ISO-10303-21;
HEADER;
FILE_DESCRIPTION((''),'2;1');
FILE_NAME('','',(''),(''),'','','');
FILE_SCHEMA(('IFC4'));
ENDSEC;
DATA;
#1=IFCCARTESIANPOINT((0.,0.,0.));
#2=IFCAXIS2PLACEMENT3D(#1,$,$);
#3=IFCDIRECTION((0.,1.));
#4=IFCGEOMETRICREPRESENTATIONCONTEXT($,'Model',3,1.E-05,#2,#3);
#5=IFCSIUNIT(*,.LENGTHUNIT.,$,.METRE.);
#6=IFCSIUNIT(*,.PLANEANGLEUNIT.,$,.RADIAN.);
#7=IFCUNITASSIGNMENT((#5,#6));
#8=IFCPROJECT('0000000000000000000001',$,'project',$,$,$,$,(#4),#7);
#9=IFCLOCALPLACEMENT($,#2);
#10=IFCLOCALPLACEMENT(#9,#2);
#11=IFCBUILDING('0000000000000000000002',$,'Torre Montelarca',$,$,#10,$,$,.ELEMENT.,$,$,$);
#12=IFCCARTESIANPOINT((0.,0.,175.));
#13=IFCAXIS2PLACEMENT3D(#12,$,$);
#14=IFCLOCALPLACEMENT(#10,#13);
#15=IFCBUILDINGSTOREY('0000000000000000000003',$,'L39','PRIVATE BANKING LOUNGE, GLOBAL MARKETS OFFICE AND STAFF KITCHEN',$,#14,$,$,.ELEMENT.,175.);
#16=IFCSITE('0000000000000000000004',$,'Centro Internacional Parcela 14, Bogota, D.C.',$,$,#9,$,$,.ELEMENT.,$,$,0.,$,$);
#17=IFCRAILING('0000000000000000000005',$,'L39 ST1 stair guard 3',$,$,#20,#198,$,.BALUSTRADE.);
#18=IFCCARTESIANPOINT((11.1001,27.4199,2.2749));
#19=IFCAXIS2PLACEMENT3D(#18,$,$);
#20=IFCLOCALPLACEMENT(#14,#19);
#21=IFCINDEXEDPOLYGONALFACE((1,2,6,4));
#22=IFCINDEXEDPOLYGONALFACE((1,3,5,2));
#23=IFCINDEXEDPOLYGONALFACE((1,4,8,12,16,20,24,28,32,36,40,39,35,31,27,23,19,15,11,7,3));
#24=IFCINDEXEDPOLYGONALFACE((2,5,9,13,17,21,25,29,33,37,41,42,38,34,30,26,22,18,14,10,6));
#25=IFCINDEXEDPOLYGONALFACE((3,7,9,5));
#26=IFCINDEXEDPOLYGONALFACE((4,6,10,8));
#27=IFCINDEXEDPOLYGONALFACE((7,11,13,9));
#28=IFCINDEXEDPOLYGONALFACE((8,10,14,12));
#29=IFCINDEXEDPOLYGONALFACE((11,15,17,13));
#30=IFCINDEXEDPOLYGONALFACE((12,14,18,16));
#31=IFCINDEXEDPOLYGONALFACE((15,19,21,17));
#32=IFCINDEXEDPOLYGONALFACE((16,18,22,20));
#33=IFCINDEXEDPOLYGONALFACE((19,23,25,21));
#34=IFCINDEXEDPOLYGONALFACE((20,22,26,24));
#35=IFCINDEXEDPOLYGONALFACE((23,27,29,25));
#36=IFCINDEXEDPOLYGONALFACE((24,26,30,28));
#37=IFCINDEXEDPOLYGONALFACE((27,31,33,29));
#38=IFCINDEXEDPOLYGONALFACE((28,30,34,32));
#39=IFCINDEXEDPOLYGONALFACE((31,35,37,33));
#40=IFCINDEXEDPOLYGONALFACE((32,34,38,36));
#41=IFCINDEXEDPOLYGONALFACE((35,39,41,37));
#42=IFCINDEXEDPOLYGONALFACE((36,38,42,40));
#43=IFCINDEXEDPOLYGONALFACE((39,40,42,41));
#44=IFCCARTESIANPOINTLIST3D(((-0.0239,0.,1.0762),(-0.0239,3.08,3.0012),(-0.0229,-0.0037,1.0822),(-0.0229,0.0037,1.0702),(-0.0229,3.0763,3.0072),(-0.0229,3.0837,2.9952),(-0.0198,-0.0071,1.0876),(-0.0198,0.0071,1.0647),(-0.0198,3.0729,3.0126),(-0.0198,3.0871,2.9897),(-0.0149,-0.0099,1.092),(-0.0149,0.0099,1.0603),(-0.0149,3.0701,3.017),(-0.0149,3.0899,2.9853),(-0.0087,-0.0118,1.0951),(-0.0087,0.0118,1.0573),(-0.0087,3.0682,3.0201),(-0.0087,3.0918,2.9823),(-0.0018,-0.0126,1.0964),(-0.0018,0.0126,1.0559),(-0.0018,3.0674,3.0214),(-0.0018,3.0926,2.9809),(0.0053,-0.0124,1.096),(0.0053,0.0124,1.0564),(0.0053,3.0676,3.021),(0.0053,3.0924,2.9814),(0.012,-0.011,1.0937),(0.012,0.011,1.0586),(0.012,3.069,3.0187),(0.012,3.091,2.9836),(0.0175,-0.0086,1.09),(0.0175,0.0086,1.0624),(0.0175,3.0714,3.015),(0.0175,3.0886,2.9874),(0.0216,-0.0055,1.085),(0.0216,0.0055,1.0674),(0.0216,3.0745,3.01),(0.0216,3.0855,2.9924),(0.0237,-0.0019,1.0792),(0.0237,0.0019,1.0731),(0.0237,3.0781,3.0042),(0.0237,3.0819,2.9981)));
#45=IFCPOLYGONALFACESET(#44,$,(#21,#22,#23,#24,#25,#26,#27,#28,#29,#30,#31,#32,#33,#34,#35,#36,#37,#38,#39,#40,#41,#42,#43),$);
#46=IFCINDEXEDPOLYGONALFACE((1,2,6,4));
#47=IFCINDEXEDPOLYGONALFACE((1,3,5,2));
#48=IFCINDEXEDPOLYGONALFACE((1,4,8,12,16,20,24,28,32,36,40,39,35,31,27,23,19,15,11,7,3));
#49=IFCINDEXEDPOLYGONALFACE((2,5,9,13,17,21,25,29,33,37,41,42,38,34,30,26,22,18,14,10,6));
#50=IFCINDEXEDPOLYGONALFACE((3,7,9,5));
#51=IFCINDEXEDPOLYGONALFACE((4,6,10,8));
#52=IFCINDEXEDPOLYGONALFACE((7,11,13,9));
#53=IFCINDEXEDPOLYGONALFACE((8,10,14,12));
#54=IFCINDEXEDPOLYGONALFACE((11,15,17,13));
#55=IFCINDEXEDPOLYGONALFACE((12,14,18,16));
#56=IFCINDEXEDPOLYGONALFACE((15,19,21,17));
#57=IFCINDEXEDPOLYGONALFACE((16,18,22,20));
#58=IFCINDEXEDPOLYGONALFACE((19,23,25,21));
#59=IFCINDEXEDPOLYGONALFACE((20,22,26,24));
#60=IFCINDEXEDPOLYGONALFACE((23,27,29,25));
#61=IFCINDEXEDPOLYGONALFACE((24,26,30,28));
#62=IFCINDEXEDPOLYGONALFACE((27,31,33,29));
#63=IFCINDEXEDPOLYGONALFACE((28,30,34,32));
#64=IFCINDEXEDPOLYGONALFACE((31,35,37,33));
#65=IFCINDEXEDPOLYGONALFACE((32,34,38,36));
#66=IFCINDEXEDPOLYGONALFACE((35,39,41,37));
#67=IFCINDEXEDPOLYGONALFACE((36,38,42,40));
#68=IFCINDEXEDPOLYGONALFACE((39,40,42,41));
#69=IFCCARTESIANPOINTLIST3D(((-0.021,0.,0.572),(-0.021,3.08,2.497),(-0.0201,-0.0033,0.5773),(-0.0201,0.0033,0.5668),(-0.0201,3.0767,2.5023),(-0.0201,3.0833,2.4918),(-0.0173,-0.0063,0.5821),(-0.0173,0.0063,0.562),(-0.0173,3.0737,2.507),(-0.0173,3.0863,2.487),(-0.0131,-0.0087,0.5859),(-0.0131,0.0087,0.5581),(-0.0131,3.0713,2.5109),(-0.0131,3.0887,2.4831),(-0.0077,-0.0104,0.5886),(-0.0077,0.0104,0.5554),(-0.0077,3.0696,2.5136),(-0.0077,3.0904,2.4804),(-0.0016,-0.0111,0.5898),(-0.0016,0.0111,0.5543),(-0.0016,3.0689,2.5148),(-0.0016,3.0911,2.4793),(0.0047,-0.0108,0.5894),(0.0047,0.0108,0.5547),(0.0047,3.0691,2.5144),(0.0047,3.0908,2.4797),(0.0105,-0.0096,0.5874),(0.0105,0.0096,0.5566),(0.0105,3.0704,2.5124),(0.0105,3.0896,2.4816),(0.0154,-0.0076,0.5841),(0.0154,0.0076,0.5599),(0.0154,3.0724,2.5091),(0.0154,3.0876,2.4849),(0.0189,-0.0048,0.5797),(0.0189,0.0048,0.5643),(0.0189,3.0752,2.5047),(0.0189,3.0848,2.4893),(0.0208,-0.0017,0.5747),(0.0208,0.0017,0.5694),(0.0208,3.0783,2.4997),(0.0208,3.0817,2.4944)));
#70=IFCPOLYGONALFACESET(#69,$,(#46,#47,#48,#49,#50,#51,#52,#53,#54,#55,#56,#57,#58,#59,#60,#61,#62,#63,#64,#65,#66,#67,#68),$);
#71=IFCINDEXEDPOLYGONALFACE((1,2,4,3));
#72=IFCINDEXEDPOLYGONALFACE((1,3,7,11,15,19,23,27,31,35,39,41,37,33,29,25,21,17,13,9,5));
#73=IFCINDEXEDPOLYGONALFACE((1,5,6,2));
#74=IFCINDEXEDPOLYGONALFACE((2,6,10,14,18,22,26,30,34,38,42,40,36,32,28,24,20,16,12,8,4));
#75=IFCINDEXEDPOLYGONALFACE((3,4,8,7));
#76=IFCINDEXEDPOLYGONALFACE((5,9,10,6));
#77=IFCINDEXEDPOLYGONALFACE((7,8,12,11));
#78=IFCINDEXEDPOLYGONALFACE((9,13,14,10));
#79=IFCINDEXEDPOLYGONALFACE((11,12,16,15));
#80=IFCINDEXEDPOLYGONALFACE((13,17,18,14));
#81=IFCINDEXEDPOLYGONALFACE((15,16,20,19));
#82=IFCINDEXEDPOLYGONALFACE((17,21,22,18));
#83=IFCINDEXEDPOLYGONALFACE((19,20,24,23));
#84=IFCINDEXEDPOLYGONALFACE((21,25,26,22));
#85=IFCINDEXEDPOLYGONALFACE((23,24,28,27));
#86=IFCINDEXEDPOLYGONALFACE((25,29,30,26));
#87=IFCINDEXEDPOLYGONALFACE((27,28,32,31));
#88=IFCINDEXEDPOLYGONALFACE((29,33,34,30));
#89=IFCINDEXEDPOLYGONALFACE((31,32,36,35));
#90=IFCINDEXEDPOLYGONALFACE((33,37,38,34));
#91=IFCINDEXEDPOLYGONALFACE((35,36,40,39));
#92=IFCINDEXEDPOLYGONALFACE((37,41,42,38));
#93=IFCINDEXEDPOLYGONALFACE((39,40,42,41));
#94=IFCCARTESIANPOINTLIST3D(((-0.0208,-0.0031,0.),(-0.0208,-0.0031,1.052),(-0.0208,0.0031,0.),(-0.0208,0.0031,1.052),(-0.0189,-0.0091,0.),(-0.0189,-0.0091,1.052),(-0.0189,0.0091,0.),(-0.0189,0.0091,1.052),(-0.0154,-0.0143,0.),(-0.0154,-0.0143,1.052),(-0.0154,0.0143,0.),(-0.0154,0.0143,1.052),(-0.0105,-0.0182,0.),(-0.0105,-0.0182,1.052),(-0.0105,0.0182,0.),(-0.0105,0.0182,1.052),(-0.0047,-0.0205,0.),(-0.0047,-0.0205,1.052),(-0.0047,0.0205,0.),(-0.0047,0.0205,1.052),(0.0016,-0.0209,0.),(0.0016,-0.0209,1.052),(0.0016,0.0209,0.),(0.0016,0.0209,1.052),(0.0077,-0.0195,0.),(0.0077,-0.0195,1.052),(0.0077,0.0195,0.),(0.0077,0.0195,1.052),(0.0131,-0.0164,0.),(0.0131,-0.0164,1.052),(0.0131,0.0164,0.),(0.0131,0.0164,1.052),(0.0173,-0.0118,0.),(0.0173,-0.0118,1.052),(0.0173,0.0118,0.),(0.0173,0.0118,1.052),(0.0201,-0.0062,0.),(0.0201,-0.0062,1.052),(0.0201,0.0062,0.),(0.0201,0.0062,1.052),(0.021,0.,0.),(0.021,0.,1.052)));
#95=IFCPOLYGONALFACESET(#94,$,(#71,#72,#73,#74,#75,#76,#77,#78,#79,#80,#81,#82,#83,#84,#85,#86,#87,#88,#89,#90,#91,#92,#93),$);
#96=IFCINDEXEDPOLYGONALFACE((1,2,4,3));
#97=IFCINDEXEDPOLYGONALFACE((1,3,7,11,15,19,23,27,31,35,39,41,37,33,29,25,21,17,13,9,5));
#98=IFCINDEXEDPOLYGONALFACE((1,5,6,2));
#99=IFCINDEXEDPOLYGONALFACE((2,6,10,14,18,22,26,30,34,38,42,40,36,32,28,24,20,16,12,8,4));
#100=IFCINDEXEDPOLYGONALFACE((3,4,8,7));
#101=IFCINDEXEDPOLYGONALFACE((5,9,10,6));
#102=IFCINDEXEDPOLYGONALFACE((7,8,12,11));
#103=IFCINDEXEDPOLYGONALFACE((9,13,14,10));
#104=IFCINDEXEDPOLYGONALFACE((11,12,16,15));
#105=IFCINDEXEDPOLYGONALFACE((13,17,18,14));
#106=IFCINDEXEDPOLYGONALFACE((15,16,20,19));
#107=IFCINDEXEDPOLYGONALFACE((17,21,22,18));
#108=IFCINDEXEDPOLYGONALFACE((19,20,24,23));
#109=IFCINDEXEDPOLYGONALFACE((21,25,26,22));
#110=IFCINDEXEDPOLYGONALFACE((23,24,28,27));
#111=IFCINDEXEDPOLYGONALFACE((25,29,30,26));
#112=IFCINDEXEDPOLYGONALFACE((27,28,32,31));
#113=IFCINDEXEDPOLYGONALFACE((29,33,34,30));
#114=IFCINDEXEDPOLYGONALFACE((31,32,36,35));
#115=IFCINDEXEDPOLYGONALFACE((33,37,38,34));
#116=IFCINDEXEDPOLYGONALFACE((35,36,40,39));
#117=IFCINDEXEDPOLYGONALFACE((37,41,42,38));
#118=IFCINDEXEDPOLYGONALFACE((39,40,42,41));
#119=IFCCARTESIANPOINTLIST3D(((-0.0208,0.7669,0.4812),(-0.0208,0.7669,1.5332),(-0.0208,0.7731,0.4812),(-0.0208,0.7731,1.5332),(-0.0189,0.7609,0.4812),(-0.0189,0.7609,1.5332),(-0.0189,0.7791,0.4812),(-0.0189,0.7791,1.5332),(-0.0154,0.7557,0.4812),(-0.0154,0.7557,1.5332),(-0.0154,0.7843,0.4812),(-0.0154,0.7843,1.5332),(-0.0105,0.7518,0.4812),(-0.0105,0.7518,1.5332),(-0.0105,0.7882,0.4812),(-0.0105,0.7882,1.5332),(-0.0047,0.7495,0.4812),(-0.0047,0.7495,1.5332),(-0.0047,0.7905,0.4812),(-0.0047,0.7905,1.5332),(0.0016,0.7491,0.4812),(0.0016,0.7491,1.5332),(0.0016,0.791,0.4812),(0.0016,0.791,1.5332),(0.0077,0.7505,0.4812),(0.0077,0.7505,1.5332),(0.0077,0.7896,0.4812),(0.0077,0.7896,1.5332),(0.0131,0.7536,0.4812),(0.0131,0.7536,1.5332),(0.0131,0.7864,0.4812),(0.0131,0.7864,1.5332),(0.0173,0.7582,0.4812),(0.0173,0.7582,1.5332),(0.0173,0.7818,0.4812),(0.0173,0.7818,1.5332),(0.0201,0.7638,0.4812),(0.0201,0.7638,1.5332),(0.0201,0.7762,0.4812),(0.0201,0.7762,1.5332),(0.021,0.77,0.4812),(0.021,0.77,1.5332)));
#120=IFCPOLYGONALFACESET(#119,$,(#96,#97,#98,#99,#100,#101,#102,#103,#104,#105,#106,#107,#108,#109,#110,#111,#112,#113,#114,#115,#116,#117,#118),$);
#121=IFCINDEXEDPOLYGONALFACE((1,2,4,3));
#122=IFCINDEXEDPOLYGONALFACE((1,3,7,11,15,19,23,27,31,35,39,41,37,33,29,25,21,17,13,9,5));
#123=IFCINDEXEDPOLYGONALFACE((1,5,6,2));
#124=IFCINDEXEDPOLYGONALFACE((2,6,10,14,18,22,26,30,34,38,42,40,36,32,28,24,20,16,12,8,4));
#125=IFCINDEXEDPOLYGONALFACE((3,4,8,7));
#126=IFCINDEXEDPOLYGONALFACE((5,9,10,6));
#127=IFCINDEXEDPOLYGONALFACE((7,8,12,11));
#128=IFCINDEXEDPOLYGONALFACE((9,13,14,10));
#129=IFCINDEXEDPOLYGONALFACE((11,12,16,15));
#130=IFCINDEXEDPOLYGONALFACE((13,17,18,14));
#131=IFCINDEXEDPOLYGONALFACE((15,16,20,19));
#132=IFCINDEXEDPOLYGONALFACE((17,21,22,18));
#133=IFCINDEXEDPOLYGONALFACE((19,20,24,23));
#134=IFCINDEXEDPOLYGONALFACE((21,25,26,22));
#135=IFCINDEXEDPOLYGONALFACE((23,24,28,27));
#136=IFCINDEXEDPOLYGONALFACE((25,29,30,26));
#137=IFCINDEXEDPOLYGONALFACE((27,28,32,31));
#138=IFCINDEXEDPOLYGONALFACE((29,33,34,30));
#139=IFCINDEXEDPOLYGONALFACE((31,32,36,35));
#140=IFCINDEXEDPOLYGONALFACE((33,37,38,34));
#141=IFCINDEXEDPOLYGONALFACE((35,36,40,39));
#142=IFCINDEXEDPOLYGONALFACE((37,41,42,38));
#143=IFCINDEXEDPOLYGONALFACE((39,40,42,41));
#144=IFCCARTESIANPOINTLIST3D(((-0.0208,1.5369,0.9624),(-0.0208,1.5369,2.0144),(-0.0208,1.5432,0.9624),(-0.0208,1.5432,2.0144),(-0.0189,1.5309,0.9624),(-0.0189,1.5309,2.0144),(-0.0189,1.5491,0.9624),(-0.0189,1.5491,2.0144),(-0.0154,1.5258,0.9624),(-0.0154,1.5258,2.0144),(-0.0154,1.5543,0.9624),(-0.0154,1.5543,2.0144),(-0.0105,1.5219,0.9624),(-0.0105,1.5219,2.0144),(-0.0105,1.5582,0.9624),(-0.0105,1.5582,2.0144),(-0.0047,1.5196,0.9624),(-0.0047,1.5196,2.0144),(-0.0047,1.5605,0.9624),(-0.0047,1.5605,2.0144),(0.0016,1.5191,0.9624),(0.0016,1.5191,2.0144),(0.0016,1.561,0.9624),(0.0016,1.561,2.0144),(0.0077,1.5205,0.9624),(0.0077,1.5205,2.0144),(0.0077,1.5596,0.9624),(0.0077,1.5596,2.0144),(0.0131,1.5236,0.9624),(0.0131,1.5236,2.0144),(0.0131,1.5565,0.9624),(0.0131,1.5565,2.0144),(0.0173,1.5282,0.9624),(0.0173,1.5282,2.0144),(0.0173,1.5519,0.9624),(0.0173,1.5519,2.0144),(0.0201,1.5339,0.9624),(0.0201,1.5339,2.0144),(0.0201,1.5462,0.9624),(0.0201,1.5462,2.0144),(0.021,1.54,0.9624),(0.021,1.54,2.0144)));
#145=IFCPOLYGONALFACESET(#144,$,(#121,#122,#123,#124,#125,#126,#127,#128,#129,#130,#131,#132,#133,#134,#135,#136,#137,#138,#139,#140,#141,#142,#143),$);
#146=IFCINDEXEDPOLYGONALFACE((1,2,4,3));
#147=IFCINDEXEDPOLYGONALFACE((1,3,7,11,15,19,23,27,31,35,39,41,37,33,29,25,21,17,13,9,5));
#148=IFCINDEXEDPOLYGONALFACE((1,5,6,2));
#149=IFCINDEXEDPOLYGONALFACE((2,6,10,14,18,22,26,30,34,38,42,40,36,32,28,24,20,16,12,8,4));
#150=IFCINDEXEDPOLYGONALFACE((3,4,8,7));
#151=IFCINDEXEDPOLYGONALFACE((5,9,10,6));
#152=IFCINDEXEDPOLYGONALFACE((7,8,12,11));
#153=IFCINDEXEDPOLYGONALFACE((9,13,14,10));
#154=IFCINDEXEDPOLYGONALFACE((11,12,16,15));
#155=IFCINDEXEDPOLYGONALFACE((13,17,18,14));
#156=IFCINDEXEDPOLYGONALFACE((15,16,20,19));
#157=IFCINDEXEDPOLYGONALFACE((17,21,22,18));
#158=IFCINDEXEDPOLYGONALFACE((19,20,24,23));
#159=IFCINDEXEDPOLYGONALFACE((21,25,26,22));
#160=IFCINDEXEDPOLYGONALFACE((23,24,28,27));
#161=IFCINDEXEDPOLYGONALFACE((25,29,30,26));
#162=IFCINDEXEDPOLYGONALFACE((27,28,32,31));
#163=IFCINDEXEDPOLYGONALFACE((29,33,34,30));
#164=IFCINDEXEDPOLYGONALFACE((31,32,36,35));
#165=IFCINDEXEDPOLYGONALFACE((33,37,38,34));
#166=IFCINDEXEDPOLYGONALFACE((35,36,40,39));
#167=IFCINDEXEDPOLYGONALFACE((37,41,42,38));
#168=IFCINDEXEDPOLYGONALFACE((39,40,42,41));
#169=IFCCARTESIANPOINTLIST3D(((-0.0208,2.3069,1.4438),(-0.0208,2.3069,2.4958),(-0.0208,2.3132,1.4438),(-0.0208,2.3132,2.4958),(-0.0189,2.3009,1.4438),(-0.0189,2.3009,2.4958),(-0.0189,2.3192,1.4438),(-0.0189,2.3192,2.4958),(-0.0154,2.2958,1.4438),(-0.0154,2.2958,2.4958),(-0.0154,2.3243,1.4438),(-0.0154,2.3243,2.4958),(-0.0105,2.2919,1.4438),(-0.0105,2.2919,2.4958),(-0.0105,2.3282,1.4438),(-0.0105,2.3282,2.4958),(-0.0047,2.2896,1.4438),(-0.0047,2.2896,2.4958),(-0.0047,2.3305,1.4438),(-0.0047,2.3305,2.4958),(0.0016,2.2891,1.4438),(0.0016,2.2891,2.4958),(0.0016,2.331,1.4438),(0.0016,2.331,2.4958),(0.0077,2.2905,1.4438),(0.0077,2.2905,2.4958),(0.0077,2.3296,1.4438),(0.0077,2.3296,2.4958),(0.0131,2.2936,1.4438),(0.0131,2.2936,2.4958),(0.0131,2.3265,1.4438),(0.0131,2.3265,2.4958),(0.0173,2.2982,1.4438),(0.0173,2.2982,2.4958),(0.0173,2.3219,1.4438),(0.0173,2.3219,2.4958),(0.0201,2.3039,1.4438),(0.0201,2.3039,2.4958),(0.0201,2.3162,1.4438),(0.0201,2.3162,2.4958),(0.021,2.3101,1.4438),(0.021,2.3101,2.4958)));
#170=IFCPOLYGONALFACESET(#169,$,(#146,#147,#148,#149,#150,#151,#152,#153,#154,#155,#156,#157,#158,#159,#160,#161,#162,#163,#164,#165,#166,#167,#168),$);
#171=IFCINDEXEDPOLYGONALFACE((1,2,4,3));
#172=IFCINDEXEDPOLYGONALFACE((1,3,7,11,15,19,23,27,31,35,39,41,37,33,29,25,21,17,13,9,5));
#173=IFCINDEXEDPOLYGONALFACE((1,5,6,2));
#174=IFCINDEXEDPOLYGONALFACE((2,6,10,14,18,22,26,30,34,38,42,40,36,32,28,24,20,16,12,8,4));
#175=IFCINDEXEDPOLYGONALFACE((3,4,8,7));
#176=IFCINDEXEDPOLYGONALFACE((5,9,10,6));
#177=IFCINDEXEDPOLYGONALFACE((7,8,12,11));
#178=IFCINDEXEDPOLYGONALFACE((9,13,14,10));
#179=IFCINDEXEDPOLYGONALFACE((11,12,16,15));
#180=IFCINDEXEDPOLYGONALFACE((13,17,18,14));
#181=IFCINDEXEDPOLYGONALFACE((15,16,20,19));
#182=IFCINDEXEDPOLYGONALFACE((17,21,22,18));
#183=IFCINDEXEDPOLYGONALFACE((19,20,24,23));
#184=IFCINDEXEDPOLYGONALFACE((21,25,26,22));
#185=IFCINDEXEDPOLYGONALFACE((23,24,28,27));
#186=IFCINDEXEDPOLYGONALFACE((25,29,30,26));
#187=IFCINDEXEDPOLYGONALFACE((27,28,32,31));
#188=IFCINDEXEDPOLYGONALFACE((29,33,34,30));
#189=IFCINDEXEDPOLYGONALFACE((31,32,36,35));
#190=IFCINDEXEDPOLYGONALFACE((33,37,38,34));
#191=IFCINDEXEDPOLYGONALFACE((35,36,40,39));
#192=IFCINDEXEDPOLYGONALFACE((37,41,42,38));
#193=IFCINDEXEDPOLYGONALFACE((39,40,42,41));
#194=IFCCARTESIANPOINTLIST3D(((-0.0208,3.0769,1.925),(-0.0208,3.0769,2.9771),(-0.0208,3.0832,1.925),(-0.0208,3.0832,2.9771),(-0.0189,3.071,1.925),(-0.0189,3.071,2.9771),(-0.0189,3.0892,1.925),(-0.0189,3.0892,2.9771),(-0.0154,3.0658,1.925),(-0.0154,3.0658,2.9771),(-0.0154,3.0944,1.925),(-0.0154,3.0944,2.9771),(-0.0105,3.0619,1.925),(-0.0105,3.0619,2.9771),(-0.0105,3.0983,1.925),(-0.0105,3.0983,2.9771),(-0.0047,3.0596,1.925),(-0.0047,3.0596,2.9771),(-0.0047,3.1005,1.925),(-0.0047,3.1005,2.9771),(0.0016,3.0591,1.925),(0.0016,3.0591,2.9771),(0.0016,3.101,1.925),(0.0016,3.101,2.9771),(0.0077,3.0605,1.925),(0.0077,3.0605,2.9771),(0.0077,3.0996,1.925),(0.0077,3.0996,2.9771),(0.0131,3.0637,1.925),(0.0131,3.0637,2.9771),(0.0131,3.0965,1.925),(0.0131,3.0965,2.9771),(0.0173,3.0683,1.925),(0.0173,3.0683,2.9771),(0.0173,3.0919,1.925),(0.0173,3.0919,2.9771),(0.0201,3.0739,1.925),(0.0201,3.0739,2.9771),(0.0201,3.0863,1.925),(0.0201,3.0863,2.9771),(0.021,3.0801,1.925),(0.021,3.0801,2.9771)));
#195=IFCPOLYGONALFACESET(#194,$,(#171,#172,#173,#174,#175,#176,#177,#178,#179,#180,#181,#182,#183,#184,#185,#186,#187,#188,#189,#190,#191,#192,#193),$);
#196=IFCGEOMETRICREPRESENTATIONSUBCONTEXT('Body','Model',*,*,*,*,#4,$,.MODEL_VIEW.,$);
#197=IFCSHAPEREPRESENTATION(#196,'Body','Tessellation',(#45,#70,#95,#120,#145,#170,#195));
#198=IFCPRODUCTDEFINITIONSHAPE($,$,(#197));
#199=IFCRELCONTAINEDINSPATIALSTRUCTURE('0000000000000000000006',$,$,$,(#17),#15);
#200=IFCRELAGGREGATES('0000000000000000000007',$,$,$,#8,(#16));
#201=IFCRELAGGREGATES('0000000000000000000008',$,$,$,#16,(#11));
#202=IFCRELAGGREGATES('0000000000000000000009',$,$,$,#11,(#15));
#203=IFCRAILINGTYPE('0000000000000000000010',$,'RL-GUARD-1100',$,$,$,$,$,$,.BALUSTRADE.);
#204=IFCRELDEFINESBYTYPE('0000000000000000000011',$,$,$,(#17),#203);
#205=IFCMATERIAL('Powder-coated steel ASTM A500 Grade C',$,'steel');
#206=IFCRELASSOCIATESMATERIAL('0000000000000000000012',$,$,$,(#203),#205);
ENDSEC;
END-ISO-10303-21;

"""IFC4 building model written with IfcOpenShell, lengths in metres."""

from ifc_helpers import new_model, si_unit, direction, frame, origin, origin_2d, place, context, subcontext, project, spatial, circle, extrude, material, type_object, element, save


model = new_model("IFC4")

# Units and contexts
model_context = context("Model", 3, precision=1e-05, world=origin(), true_north=direction((0.0, 1.0)))
body_context = subcontext(model_context, "Body", "Model", "MODEL_VIEW")
ifc_project = project(units=[si_unit("LENGTHUNIT", "METRE"), si_unit("PLANEANGLEUNIT", "RADIAN")], contexts=[model_context])

# Site, building, storey
site_placement = place(None, origin())
site = spatial("IfcSite", under=ifc_project, at=site_placement, Name="Centro Internacional Parcela 14, Bogota, D.C.", CompositionType="ELEMENT", RefElevation=0.0)
building_placement = place(site_placement, origin())
building = spatial("IfcBuilding", under=site, at=building_placement, Name="Torre Montelarca", CompositionType="ELEMENT")
storey_placement = place(building_placement, frame((0.0, 0.0, 175.0)))
storey = spatial("IfcBuildingStorey", under=building, at=storey_placement, Name="L39", Description="PRIVATE BANKING LOUNGE, GLOBAL MARKETS OFFICE AND STAFF KITCHEN", CompositionType="ELEMENT", Elevation=175.0)

# Railing
ifc_material_1 = material(Name="Powder-coated steel ASTM A500 Grade C", Category="steel")
railing_type_1 = type_object("IfcRailingType", Name="RL-GUARD-1100", PredefinedType="BALUSTRADE", material=ifc_material_1)
railing_1_placement = place(storey_placement, frame((11.1001, 27.4199, 2.2749)))
element("IfcRailing", 1, at=railing_1_placement, inside=storey, type_object=railing_type_1, Name="L39 ST1 stair guard 3", PredefinedType="BALUSTRADE", context=body_context, shape_type="SweptSolid", body=[
    extrude(circle(Radius=0.0239, at=origin_2d()), frame((0.0, 0.0, 1.0762), z_axis=(0.0, 0.847998, 0.529999), x_axis=(-1.0, 0.0, 0.0)), (0.0, 0.0, 1.0), 3.6321),
    extrude(circle(Radius=0.021, at=origin_2d()), frame((0.0, 0.0, 0.572), z_axis=(0.0, 0.847998, 0.529999), x_axis=(-1.0, 0.0, 0.0)), (0.0, 0.0, 1.0), 3.6321),
    extrude(circle(Radius=0.021, at=origin_2d()), origin(), (0.0, 0.0, 1.0), 1.052),
    extrude(circle(Radius=0.021, at=origin_2d()), frame((0.0, 0.77, 0.4812)), (0.0, 0.0, 1.0), 1.052),
    extrude(circle(Radius=0.021, at=origin_2d()), frame((0.0, 1.54, 0.9624)), (0.0, 0.0, 1.0), 1.052),
    extrude(circle(Radius=0.021, at=origin_2d()), frame((0.0, 2.3101, 1.4438)), (0.0, 0.0, 1.0), 1.052),
    extrude(circle(Radius=0.021, at=origin_2d()), frame((0.0, 3.0801, 1.925)), (0.0, 0.0, 1.0), 1.052),
])

save(model, "model.ifc")
